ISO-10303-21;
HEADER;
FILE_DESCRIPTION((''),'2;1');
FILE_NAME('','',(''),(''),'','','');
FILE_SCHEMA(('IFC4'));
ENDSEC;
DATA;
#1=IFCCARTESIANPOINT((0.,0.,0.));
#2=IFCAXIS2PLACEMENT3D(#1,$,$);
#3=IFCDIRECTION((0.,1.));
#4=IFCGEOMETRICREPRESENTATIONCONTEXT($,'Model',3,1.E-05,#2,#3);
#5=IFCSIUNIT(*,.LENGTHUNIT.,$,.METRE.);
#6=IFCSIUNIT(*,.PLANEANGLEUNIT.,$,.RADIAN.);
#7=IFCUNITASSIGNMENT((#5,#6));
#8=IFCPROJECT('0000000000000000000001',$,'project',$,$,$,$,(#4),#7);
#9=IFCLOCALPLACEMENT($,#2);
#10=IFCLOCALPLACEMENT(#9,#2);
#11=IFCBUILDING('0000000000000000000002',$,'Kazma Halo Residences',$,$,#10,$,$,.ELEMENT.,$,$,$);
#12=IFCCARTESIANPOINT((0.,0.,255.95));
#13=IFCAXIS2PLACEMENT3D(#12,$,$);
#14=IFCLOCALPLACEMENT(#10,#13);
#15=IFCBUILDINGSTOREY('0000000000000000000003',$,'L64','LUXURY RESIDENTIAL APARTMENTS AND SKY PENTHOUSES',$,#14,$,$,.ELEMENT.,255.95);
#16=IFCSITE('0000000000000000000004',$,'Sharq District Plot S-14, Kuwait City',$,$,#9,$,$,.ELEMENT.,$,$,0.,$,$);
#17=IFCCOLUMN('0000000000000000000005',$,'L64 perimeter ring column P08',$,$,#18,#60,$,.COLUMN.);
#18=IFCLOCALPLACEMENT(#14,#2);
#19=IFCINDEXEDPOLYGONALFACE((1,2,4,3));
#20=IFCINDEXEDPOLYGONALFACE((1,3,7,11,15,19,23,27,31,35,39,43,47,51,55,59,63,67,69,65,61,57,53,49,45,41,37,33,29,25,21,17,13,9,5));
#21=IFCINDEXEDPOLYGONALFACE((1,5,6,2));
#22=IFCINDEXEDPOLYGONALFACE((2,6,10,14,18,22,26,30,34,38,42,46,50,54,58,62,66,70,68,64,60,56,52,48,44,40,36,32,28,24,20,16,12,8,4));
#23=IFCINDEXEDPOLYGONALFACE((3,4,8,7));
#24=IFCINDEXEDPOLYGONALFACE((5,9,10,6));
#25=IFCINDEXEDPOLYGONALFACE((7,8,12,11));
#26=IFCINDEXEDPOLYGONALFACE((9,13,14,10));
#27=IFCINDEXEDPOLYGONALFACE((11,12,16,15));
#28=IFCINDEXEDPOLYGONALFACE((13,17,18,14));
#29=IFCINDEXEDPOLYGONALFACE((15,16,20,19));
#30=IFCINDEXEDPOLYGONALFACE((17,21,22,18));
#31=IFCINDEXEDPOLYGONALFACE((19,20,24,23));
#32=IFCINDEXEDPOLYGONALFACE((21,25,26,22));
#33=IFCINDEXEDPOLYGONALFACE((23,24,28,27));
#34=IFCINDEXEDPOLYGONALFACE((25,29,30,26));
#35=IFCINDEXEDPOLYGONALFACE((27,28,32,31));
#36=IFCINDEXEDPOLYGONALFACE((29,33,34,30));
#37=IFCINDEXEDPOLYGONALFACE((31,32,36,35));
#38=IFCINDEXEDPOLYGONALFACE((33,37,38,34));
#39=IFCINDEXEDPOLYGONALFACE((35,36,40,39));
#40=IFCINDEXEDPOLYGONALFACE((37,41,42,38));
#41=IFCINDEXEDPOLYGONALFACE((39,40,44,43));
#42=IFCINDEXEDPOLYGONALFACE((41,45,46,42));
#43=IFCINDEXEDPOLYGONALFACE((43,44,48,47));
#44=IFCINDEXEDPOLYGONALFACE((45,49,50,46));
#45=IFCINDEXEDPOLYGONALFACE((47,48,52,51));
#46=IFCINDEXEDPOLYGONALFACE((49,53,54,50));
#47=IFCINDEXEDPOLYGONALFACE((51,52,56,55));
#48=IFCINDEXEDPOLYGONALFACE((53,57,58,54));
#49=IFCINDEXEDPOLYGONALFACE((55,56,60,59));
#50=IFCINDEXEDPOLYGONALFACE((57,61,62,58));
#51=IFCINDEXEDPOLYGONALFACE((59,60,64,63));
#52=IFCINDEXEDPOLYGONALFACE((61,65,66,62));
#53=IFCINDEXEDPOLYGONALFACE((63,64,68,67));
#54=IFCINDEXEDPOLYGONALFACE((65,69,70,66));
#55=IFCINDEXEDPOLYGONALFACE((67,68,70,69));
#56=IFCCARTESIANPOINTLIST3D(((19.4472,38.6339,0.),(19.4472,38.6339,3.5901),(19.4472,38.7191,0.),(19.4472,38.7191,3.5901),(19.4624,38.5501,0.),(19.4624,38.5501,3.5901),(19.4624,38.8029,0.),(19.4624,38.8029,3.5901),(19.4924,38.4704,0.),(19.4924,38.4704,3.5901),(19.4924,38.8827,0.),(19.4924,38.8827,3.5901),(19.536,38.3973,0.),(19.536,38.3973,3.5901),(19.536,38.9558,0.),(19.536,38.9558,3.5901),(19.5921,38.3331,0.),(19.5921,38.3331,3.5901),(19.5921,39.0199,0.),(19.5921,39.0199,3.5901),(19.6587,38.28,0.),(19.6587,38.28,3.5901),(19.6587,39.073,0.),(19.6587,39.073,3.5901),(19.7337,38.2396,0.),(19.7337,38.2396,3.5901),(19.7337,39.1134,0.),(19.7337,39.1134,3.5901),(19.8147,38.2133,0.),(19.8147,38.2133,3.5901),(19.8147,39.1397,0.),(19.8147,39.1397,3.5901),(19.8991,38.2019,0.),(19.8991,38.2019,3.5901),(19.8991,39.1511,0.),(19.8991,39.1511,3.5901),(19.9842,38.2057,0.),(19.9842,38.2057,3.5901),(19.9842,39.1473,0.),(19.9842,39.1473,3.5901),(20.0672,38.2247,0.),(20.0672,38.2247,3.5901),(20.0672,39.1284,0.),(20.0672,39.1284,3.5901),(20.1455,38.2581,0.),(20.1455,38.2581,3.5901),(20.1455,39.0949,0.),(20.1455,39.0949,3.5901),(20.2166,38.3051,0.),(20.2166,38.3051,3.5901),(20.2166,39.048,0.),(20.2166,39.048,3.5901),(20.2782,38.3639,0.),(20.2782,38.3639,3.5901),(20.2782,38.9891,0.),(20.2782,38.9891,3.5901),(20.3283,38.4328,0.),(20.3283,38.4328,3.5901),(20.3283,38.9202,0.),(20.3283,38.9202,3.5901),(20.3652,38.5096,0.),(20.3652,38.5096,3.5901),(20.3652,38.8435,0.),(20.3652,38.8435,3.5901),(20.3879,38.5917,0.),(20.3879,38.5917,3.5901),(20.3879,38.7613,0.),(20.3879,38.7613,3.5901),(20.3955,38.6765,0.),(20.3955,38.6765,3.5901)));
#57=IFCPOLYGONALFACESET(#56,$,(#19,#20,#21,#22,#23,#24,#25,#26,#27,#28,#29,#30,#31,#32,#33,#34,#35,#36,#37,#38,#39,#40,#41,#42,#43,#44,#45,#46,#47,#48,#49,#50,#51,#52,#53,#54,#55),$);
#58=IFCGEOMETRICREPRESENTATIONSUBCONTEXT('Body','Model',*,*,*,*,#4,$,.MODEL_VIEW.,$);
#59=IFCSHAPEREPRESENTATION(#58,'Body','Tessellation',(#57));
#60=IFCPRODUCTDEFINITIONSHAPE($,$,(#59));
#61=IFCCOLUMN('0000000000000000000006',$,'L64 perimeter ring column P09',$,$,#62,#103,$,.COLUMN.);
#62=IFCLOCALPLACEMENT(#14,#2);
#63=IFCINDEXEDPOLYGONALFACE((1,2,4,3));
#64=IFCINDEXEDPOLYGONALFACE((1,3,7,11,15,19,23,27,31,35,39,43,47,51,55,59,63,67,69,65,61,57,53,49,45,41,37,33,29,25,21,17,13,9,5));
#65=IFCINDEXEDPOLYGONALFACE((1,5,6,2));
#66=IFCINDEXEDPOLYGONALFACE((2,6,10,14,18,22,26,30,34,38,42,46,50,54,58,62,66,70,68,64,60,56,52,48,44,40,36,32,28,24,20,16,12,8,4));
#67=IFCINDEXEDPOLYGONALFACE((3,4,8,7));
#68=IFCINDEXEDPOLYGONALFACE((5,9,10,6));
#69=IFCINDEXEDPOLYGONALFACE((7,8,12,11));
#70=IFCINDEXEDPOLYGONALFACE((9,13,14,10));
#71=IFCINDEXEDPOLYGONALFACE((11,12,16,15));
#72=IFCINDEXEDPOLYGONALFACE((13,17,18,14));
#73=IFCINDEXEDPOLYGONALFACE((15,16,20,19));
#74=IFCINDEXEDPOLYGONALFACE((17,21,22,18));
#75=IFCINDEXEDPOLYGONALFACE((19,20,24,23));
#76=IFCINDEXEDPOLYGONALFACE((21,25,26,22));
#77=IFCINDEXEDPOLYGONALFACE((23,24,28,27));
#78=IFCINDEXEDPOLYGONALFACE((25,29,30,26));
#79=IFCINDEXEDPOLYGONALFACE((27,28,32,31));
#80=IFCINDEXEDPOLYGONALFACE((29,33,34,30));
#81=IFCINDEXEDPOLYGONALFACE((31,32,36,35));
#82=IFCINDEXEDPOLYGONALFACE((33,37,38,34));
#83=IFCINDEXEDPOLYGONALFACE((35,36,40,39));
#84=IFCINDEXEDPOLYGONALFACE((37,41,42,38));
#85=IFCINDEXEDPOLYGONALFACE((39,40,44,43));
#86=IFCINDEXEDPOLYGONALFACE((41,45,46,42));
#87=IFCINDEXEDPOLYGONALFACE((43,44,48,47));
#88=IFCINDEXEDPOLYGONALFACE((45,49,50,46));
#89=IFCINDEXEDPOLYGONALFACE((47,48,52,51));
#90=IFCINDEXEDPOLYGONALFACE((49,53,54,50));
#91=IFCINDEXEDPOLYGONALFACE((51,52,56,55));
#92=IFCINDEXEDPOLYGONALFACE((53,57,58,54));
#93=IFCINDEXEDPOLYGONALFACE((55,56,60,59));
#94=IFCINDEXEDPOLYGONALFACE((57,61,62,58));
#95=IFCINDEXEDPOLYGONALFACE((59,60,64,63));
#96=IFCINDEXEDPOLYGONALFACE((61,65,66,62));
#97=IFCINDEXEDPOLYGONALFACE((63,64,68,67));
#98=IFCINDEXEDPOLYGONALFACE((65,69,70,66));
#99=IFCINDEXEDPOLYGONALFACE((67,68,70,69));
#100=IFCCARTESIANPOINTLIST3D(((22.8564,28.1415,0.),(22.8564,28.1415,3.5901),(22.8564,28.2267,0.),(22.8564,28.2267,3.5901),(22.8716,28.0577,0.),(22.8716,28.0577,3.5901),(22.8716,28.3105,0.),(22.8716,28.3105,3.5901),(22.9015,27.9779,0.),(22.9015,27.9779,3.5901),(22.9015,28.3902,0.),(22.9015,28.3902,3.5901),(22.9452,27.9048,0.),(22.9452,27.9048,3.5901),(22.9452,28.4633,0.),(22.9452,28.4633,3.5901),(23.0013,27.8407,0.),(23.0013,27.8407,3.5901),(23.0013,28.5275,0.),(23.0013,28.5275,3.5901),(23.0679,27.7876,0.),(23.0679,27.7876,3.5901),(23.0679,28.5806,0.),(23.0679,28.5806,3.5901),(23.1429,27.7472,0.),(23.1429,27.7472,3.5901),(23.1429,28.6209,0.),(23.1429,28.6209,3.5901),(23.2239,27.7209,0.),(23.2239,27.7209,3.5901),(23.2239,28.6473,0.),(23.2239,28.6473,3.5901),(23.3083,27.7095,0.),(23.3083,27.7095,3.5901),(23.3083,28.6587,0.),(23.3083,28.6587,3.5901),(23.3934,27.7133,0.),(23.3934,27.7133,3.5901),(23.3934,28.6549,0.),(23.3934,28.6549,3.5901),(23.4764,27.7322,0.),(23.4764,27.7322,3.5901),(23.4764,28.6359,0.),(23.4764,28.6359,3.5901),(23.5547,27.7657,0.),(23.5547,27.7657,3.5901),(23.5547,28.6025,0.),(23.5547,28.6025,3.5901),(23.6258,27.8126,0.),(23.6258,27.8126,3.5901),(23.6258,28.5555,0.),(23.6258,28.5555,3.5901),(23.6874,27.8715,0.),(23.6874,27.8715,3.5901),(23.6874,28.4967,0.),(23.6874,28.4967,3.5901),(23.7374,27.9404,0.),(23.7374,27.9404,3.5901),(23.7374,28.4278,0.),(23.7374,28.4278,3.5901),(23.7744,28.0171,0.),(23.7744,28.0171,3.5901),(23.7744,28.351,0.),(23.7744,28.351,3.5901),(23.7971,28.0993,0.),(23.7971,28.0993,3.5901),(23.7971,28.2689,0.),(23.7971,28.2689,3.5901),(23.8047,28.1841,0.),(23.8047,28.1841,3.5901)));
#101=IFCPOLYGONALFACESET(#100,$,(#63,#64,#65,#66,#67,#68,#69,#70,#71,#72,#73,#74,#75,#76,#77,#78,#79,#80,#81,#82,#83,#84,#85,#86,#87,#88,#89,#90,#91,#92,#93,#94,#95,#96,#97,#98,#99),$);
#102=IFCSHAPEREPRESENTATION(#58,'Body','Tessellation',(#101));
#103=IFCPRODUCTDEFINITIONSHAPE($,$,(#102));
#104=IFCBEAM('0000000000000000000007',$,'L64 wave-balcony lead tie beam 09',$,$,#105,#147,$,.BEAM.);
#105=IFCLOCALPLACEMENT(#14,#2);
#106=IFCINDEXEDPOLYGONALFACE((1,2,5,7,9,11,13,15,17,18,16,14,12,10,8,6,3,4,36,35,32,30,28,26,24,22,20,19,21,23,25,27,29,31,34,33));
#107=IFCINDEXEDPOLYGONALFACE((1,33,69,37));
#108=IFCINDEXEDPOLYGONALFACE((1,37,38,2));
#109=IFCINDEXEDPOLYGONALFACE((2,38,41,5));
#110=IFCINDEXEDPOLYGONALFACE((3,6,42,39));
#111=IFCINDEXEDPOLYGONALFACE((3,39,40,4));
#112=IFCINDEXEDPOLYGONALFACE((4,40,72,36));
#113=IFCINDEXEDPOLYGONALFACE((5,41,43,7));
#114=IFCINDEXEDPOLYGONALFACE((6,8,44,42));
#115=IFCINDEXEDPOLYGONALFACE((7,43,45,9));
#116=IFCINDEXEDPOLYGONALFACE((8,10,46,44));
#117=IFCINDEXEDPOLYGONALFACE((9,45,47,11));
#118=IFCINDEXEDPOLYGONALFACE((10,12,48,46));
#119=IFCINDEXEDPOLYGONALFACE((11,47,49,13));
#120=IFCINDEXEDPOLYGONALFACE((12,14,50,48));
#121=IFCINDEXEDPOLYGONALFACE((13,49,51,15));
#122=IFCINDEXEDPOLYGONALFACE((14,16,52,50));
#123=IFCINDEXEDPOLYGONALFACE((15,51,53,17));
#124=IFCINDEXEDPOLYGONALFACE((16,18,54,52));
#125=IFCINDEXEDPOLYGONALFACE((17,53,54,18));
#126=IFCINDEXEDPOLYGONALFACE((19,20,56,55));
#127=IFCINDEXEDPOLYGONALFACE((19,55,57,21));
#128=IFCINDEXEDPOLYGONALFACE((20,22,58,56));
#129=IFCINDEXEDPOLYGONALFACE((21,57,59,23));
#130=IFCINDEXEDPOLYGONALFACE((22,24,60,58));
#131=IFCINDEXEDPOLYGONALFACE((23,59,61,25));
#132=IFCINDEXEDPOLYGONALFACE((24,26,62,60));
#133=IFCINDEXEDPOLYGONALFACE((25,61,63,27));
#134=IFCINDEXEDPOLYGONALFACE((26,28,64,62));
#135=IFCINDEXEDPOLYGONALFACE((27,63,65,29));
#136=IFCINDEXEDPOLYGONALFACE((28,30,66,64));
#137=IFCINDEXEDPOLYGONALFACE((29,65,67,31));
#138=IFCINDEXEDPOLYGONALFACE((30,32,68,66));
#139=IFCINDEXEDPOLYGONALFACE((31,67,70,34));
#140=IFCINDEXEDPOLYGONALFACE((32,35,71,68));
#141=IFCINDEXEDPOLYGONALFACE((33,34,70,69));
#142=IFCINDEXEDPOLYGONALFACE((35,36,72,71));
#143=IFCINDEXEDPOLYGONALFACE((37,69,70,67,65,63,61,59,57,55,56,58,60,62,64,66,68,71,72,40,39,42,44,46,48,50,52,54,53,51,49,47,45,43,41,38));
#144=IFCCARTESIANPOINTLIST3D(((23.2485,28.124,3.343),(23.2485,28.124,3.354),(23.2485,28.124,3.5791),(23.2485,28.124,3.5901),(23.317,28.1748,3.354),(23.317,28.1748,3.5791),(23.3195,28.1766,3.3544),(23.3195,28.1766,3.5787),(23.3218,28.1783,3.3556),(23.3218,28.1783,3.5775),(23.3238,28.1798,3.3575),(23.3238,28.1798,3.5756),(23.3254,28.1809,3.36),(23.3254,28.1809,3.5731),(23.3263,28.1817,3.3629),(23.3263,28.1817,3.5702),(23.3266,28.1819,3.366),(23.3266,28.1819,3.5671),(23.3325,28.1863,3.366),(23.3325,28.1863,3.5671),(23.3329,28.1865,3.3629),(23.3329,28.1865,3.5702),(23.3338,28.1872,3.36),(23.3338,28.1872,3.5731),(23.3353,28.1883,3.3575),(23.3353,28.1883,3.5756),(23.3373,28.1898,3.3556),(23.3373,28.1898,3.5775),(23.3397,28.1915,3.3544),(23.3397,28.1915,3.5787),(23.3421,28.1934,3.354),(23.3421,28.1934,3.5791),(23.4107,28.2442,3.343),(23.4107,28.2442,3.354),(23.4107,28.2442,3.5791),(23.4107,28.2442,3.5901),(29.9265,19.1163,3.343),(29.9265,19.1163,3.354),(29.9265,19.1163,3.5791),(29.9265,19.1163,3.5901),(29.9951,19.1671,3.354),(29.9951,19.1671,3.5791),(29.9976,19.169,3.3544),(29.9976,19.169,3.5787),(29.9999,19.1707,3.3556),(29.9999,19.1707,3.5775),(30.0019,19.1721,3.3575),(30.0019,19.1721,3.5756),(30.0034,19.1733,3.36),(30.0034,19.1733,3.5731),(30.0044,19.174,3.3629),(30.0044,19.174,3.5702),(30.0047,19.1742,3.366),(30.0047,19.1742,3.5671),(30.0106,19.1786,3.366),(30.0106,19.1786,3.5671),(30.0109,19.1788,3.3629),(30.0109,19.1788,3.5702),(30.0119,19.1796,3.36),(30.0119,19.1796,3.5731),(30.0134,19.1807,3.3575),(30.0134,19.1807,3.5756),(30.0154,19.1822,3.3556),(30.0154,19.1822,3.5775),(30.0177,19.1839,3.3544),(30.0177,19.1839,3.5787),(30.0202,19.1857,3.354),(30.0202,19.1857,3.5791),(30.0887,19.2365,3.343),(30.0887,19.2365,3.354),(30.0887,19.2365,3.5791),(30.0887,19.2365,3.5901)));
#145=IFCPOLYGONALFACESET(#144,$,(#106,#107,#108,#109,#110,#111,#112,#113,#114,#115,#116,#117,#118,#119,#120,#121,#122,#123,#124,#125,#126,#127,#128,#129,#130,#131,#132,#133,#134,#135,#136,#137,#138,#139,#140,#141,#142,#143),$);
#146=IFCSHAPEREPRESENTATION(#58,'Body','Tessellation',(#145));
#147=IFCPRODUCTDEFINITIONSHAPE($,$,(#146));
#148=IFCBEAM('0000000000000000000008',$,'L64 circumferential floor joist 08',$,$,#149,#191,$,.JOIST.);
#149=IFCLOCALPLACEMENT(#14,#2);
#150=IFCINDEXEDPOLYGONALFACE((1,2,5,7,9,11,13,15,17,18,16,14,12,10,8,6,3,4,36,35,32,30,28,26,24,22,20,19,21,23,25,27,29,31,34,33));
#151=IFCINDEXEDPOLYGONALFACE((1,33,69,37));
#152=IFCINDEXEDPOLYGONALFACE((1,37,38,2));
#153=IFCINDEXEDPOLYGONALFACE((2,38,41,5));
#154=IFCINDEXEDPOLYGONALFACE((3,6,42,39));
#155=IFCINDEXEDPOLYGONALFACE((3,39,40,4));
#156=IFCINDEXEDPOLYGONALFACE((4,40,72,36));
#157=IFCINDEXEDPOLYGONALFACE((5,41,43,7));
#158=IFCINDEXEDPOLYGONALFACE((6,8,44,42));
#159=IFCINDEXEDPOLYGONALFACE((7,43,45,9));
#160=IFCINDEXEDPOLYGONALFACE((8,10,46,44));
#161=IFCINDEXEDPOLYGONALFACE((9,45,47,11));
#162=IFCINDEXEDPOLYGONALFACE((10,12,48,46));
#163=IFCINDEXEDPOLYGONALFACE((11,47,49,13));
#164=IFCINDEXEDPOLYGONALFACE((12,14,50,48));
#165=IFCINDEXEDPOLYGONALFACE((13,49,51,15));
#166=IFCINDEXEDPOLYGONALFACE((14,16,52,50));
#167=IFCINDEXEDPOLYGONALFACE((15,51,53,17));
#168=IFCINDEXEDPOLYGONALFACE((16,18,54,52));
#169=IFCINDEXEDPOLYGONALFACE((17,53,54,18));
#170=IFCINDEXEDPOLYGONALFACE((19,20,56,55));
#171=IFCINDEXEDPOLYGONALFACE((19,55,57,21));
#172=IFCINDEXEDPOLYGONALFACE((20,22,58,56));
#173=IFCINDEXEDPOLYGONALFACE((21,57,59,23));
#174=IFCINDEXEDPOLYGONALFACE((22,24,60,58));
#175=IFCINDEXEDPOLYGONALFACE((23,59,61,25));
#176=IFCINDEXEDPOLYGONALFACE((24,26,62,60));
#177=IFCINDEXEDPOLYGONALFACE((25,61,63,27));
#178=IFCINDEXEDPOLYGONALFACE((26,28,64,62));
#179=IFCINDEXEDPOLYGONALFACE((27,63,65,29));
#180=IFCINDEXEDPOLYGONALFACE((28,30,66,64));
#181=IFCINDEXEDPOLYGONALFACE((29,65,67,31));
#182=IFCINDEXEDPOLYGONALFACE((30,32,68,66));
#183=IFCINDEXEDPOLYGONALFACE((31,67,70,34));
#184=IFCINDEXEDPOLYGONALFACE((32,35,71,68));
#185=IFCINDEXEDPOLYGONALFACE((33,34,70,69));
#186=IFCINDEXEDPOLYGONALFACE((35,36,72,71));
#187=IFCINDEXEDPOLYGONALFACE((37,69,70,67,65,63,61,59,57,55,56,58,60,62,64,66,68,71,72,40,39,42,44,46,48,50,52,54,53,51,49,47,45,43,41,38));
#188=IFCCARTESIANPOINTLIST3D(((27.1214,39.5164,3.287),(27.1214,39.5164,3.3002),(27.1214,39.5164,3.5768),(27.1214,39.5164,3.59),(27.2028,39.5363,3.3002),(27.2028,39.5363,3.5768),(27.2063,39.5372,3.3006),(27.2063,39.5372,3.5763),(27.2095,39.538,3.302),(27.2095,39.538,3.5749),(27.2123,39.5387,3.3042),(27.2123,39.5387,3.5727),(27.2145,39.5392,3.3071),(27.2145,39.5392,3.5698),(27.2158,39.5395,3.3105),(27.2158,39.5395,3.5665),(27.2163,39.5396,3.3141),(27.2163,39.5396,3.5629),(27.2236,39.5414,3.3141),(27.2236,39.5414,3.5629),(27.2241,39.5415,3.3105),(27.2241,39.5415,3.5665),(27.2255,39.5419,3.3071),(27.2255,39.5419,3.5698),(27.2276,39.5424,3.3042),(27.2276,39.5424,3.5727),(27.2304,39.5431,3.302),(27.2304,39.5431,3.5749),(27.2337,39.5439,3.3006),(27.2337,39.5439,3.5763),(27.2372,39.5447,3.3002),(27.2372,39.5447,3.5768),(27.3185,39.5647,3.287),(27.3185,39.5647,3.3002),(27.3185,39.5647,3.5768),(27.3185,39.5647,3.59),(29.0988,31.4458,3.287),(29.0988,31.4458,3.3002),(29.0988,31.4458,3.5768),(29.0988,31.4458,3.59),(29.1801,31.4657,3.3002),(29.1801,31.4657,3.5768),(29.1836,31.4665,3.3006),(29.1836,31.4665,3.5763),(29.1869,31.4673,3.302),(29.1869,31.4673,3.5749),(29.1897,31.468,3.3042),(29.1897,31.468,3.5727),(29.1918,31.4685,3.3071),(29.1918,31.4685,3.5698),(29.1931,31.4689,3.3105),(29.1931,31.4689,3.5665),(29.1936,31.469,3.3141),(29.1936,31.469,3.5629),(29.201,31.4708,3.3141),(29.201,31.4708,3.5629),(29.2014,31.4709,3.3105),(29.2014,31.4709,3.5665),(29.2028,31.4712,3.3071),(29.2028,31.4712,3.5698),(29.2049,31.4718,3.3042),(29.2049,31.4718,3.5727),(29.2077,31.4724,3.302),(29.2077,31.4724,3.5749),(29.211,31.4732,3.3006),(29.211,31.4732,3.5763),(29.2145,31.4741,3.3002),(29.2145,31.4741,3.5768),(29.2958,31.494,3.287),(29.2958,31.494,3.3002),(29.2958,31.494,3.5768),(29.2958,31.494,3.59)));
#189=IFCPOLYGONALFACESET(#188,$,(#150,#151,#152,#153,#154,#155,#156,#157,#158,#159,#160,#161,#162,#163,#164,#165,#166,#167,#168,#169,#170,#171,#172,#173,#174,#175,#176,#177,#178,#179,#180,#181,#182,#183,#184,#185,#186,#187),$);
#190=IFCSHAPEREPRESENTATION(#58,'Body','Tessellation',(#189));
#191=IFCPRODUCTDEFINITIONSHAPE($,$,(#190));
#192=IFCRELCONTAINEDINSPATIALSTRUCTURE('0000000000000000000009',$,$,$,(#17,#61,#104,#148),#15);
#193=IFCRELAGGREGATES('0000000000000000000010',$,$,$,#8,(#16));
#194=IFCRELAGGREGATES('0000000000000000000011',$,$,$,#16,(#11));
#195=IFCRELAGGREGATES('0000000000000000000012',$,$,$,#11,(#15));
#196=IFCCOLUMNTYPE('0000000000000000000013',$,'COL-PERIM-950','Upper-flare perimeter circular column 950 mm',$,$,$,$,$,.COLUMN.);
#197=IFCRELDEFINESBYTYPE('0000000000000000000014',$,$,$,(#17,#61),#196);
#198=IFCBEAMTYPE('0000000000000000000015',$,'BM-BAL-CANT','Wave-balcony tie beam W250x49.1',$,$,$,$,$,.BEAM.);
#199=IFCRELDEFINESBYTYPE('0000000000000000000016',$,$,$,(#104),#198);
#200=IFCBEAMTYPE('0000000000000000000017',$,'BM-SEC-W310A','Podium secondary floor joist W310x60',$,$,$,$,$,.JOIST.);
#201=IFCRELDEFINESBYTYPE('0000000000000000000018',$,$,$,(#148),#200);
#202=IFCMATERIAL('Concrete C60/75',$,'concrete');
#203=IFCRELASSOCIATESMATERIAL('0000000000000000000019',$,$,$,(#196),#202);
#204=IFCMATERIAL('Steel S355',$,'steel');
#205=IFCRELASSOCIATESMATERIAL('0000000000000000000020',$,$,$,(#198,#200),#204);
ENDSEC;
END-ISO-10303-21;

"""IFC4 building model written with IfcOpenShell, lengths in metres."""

from ifc_helpers import new_model, si_unit, direction, frame, origin, origin_2d, place, context, subcontext, project, spatial, circle, i_section, extrude, material, material_profile, profile_set, type_object, element, save


model = new_model("IFC4")

# Units and contexts
model_context = context("Model", 3, precision=1e-05, world=origin(), true_north=direction((0.0, 1.0)))
body_context = subcontext(model_context, "Body", "Model", "MODEL_VIEW")
ifc_project = project(units=[si_unit("LENGTHUNIT", "METRE"), si_unit("PLANEANGLEUNIT", "RADIAN")], contexts=[model_context])

# Site, building, storey
site_placement = place(None, origin())
site = spatial("IfcSite", under=ifc_project, at=site_placement, Name="Sharq District Plot S-14, Kuwait City", CompositionType="ELEMENT", RefElevation=0.0)
building_placement = place(site_placement, origin())
building = spatial("IfcBuilding", under=site, at=building_placement, Name="Kazma Halo Residences", CompositionType="ELEMENT")
storey_placement = place(building_placement, frame((0.0, 0.0, 255.95)))
storey = spatial("IfcBuildingStorey", under=building, at=storey_placement, Name="L64", Description="LUXURY RESIDENTIAL APARTMENTS AND SKY PENTHOUSES", CompositionType="ELEMENT", Elevation=255.95)

# Columns
ifc_material_1 = material(Name="Concrete C60/75", Category="concrete")
ifc_material_profile_1 = material_profile(ifc_material_1, circle(Radius=0.4751, at=origin_2d()), Name="CIRC950")
ifc_profile_set_1 = profile_set([ifc_material_profile_1], Name="Concrete C60/75")
column_type = type_object("IfcColumnType", Name="COL-PERIM-950", Description="Upper-flare perimeter circular column 950 mm", PredefinedType="COLUMN", material=ifc_profile_set_1)
for number, where, z_axis, x_axis, name in (
    (1, (19.9204, 38.6765, 0.0), (0.0, 0.0, 1.0), (1.0, 0.0, 0.0), "L64 perimeter ring column P08"),
    (2, (23.3296, 28.1841, 0.0), (0.0, 0.0, 1.0), (1.0, 0.0, 0.0), "L64 perimeter ring column P09"),
):
    element("IfcColumn", number, at=place(storey_placement, frame(where, z_axis=z_axis, x_axis=x_axis)), inside=storey, type_object=column_type, Name=name, PredefinedType="COLUMN", context=body_context, shape_type="SweptSolid", body=[
        extrude(circle(Radius=0.4751, at=origin_2d()), origin(), (0.0, 0.0, 1.0), 3.5901),
    ])

# Beams
ifc_material_2 = material(Name="Steel S355", Category="steel")
ifc_material_profile_2 = material_profile(ifc_material_2, i_section(OverallWidth=0.2019, OverallDepth=0.2471, WebThickness=0.0073, FlangeThickness=0.011, FilletRadius=0.012, at=origin_2d()), Name="W250x49.1")
ifc_profile_set_2 = profile_set([ifc_material_profile_2], Name="Steel S355")
beam_type_1 = type_object("IfcBeamType", Name="BM-BAL-CANT", Description="Wave-balcony tie beam W250x49.1", PredefinedType="BEAM", material=ifc_profile_set_2)
beam_1_placement = place(storey_placement, frame((23.3296, 28.1841, 3.4666), z_axis=(0.595556, -0.803314, 0.0), x_axis=(0.803314, 0.595556, 0.0)))
element("IfcBeam", 3, at=beam_1_placement, inside=storey, type_object=beam_type_1, Name="L64 wave-balcony lead tie beam 09", PredefinedType="BEAM", context=body_context, shape_type="SweptSolid", body=[
    extrude(i_section(OverallWidth=0.2019, OverallDepth=0.2471, WebThickness=0.0073, FlangeThickness=0.011, FilletRadius=0.012, at=origin_2d()), origin(), (0.0, 0.0, 1.0), 11.2131),
])
ifc_material_profile_3 = material_profile(ifc_material_2, i_section(OverallWidth=0.2029, OverallDepth=0.303, WebThickness=0.0076, FlangeThickness=0.0132, FilletRadius=0.0139, at=origin_2d()), Name="W310x60")
ifc_profile_set_3 = profile_set([ifc_material_profile_3], Name="Steel S355")
beam_type_2 = type_object("IfcBeamType", Name="BM-SEC-W310A", Description="Podium secondary floor joist W310x60", PredefinedType="JOIST", material=ifc_profile_set_3)
beam_2_placement = place(storey_placement, frame((27.22, 39.5405, 3.4385), z_axis=(0.237963, -0.971274, 0.0), x_axis=(0.971274, 0.237963, 0.0)))
element("IfcBeam", 4, at=beam_2_placement, inside=storey, type_object=beam_type_2, Name="L64 circumferential floor joist 08", PredefinedType="JOIST", context=body_context, shape_type="SweptSolid", body=[
    extrude(i_section(OverallWidth=0.2029, OverallDepth=0.303, WebThickness=0.0076, FlangeThickness=0.0132, FilletRadius=0.0139, at=origin_2d()), origin(), (0.0, 0.0, 1.0), 8.3093),
])

save(model, "model.ifc")
